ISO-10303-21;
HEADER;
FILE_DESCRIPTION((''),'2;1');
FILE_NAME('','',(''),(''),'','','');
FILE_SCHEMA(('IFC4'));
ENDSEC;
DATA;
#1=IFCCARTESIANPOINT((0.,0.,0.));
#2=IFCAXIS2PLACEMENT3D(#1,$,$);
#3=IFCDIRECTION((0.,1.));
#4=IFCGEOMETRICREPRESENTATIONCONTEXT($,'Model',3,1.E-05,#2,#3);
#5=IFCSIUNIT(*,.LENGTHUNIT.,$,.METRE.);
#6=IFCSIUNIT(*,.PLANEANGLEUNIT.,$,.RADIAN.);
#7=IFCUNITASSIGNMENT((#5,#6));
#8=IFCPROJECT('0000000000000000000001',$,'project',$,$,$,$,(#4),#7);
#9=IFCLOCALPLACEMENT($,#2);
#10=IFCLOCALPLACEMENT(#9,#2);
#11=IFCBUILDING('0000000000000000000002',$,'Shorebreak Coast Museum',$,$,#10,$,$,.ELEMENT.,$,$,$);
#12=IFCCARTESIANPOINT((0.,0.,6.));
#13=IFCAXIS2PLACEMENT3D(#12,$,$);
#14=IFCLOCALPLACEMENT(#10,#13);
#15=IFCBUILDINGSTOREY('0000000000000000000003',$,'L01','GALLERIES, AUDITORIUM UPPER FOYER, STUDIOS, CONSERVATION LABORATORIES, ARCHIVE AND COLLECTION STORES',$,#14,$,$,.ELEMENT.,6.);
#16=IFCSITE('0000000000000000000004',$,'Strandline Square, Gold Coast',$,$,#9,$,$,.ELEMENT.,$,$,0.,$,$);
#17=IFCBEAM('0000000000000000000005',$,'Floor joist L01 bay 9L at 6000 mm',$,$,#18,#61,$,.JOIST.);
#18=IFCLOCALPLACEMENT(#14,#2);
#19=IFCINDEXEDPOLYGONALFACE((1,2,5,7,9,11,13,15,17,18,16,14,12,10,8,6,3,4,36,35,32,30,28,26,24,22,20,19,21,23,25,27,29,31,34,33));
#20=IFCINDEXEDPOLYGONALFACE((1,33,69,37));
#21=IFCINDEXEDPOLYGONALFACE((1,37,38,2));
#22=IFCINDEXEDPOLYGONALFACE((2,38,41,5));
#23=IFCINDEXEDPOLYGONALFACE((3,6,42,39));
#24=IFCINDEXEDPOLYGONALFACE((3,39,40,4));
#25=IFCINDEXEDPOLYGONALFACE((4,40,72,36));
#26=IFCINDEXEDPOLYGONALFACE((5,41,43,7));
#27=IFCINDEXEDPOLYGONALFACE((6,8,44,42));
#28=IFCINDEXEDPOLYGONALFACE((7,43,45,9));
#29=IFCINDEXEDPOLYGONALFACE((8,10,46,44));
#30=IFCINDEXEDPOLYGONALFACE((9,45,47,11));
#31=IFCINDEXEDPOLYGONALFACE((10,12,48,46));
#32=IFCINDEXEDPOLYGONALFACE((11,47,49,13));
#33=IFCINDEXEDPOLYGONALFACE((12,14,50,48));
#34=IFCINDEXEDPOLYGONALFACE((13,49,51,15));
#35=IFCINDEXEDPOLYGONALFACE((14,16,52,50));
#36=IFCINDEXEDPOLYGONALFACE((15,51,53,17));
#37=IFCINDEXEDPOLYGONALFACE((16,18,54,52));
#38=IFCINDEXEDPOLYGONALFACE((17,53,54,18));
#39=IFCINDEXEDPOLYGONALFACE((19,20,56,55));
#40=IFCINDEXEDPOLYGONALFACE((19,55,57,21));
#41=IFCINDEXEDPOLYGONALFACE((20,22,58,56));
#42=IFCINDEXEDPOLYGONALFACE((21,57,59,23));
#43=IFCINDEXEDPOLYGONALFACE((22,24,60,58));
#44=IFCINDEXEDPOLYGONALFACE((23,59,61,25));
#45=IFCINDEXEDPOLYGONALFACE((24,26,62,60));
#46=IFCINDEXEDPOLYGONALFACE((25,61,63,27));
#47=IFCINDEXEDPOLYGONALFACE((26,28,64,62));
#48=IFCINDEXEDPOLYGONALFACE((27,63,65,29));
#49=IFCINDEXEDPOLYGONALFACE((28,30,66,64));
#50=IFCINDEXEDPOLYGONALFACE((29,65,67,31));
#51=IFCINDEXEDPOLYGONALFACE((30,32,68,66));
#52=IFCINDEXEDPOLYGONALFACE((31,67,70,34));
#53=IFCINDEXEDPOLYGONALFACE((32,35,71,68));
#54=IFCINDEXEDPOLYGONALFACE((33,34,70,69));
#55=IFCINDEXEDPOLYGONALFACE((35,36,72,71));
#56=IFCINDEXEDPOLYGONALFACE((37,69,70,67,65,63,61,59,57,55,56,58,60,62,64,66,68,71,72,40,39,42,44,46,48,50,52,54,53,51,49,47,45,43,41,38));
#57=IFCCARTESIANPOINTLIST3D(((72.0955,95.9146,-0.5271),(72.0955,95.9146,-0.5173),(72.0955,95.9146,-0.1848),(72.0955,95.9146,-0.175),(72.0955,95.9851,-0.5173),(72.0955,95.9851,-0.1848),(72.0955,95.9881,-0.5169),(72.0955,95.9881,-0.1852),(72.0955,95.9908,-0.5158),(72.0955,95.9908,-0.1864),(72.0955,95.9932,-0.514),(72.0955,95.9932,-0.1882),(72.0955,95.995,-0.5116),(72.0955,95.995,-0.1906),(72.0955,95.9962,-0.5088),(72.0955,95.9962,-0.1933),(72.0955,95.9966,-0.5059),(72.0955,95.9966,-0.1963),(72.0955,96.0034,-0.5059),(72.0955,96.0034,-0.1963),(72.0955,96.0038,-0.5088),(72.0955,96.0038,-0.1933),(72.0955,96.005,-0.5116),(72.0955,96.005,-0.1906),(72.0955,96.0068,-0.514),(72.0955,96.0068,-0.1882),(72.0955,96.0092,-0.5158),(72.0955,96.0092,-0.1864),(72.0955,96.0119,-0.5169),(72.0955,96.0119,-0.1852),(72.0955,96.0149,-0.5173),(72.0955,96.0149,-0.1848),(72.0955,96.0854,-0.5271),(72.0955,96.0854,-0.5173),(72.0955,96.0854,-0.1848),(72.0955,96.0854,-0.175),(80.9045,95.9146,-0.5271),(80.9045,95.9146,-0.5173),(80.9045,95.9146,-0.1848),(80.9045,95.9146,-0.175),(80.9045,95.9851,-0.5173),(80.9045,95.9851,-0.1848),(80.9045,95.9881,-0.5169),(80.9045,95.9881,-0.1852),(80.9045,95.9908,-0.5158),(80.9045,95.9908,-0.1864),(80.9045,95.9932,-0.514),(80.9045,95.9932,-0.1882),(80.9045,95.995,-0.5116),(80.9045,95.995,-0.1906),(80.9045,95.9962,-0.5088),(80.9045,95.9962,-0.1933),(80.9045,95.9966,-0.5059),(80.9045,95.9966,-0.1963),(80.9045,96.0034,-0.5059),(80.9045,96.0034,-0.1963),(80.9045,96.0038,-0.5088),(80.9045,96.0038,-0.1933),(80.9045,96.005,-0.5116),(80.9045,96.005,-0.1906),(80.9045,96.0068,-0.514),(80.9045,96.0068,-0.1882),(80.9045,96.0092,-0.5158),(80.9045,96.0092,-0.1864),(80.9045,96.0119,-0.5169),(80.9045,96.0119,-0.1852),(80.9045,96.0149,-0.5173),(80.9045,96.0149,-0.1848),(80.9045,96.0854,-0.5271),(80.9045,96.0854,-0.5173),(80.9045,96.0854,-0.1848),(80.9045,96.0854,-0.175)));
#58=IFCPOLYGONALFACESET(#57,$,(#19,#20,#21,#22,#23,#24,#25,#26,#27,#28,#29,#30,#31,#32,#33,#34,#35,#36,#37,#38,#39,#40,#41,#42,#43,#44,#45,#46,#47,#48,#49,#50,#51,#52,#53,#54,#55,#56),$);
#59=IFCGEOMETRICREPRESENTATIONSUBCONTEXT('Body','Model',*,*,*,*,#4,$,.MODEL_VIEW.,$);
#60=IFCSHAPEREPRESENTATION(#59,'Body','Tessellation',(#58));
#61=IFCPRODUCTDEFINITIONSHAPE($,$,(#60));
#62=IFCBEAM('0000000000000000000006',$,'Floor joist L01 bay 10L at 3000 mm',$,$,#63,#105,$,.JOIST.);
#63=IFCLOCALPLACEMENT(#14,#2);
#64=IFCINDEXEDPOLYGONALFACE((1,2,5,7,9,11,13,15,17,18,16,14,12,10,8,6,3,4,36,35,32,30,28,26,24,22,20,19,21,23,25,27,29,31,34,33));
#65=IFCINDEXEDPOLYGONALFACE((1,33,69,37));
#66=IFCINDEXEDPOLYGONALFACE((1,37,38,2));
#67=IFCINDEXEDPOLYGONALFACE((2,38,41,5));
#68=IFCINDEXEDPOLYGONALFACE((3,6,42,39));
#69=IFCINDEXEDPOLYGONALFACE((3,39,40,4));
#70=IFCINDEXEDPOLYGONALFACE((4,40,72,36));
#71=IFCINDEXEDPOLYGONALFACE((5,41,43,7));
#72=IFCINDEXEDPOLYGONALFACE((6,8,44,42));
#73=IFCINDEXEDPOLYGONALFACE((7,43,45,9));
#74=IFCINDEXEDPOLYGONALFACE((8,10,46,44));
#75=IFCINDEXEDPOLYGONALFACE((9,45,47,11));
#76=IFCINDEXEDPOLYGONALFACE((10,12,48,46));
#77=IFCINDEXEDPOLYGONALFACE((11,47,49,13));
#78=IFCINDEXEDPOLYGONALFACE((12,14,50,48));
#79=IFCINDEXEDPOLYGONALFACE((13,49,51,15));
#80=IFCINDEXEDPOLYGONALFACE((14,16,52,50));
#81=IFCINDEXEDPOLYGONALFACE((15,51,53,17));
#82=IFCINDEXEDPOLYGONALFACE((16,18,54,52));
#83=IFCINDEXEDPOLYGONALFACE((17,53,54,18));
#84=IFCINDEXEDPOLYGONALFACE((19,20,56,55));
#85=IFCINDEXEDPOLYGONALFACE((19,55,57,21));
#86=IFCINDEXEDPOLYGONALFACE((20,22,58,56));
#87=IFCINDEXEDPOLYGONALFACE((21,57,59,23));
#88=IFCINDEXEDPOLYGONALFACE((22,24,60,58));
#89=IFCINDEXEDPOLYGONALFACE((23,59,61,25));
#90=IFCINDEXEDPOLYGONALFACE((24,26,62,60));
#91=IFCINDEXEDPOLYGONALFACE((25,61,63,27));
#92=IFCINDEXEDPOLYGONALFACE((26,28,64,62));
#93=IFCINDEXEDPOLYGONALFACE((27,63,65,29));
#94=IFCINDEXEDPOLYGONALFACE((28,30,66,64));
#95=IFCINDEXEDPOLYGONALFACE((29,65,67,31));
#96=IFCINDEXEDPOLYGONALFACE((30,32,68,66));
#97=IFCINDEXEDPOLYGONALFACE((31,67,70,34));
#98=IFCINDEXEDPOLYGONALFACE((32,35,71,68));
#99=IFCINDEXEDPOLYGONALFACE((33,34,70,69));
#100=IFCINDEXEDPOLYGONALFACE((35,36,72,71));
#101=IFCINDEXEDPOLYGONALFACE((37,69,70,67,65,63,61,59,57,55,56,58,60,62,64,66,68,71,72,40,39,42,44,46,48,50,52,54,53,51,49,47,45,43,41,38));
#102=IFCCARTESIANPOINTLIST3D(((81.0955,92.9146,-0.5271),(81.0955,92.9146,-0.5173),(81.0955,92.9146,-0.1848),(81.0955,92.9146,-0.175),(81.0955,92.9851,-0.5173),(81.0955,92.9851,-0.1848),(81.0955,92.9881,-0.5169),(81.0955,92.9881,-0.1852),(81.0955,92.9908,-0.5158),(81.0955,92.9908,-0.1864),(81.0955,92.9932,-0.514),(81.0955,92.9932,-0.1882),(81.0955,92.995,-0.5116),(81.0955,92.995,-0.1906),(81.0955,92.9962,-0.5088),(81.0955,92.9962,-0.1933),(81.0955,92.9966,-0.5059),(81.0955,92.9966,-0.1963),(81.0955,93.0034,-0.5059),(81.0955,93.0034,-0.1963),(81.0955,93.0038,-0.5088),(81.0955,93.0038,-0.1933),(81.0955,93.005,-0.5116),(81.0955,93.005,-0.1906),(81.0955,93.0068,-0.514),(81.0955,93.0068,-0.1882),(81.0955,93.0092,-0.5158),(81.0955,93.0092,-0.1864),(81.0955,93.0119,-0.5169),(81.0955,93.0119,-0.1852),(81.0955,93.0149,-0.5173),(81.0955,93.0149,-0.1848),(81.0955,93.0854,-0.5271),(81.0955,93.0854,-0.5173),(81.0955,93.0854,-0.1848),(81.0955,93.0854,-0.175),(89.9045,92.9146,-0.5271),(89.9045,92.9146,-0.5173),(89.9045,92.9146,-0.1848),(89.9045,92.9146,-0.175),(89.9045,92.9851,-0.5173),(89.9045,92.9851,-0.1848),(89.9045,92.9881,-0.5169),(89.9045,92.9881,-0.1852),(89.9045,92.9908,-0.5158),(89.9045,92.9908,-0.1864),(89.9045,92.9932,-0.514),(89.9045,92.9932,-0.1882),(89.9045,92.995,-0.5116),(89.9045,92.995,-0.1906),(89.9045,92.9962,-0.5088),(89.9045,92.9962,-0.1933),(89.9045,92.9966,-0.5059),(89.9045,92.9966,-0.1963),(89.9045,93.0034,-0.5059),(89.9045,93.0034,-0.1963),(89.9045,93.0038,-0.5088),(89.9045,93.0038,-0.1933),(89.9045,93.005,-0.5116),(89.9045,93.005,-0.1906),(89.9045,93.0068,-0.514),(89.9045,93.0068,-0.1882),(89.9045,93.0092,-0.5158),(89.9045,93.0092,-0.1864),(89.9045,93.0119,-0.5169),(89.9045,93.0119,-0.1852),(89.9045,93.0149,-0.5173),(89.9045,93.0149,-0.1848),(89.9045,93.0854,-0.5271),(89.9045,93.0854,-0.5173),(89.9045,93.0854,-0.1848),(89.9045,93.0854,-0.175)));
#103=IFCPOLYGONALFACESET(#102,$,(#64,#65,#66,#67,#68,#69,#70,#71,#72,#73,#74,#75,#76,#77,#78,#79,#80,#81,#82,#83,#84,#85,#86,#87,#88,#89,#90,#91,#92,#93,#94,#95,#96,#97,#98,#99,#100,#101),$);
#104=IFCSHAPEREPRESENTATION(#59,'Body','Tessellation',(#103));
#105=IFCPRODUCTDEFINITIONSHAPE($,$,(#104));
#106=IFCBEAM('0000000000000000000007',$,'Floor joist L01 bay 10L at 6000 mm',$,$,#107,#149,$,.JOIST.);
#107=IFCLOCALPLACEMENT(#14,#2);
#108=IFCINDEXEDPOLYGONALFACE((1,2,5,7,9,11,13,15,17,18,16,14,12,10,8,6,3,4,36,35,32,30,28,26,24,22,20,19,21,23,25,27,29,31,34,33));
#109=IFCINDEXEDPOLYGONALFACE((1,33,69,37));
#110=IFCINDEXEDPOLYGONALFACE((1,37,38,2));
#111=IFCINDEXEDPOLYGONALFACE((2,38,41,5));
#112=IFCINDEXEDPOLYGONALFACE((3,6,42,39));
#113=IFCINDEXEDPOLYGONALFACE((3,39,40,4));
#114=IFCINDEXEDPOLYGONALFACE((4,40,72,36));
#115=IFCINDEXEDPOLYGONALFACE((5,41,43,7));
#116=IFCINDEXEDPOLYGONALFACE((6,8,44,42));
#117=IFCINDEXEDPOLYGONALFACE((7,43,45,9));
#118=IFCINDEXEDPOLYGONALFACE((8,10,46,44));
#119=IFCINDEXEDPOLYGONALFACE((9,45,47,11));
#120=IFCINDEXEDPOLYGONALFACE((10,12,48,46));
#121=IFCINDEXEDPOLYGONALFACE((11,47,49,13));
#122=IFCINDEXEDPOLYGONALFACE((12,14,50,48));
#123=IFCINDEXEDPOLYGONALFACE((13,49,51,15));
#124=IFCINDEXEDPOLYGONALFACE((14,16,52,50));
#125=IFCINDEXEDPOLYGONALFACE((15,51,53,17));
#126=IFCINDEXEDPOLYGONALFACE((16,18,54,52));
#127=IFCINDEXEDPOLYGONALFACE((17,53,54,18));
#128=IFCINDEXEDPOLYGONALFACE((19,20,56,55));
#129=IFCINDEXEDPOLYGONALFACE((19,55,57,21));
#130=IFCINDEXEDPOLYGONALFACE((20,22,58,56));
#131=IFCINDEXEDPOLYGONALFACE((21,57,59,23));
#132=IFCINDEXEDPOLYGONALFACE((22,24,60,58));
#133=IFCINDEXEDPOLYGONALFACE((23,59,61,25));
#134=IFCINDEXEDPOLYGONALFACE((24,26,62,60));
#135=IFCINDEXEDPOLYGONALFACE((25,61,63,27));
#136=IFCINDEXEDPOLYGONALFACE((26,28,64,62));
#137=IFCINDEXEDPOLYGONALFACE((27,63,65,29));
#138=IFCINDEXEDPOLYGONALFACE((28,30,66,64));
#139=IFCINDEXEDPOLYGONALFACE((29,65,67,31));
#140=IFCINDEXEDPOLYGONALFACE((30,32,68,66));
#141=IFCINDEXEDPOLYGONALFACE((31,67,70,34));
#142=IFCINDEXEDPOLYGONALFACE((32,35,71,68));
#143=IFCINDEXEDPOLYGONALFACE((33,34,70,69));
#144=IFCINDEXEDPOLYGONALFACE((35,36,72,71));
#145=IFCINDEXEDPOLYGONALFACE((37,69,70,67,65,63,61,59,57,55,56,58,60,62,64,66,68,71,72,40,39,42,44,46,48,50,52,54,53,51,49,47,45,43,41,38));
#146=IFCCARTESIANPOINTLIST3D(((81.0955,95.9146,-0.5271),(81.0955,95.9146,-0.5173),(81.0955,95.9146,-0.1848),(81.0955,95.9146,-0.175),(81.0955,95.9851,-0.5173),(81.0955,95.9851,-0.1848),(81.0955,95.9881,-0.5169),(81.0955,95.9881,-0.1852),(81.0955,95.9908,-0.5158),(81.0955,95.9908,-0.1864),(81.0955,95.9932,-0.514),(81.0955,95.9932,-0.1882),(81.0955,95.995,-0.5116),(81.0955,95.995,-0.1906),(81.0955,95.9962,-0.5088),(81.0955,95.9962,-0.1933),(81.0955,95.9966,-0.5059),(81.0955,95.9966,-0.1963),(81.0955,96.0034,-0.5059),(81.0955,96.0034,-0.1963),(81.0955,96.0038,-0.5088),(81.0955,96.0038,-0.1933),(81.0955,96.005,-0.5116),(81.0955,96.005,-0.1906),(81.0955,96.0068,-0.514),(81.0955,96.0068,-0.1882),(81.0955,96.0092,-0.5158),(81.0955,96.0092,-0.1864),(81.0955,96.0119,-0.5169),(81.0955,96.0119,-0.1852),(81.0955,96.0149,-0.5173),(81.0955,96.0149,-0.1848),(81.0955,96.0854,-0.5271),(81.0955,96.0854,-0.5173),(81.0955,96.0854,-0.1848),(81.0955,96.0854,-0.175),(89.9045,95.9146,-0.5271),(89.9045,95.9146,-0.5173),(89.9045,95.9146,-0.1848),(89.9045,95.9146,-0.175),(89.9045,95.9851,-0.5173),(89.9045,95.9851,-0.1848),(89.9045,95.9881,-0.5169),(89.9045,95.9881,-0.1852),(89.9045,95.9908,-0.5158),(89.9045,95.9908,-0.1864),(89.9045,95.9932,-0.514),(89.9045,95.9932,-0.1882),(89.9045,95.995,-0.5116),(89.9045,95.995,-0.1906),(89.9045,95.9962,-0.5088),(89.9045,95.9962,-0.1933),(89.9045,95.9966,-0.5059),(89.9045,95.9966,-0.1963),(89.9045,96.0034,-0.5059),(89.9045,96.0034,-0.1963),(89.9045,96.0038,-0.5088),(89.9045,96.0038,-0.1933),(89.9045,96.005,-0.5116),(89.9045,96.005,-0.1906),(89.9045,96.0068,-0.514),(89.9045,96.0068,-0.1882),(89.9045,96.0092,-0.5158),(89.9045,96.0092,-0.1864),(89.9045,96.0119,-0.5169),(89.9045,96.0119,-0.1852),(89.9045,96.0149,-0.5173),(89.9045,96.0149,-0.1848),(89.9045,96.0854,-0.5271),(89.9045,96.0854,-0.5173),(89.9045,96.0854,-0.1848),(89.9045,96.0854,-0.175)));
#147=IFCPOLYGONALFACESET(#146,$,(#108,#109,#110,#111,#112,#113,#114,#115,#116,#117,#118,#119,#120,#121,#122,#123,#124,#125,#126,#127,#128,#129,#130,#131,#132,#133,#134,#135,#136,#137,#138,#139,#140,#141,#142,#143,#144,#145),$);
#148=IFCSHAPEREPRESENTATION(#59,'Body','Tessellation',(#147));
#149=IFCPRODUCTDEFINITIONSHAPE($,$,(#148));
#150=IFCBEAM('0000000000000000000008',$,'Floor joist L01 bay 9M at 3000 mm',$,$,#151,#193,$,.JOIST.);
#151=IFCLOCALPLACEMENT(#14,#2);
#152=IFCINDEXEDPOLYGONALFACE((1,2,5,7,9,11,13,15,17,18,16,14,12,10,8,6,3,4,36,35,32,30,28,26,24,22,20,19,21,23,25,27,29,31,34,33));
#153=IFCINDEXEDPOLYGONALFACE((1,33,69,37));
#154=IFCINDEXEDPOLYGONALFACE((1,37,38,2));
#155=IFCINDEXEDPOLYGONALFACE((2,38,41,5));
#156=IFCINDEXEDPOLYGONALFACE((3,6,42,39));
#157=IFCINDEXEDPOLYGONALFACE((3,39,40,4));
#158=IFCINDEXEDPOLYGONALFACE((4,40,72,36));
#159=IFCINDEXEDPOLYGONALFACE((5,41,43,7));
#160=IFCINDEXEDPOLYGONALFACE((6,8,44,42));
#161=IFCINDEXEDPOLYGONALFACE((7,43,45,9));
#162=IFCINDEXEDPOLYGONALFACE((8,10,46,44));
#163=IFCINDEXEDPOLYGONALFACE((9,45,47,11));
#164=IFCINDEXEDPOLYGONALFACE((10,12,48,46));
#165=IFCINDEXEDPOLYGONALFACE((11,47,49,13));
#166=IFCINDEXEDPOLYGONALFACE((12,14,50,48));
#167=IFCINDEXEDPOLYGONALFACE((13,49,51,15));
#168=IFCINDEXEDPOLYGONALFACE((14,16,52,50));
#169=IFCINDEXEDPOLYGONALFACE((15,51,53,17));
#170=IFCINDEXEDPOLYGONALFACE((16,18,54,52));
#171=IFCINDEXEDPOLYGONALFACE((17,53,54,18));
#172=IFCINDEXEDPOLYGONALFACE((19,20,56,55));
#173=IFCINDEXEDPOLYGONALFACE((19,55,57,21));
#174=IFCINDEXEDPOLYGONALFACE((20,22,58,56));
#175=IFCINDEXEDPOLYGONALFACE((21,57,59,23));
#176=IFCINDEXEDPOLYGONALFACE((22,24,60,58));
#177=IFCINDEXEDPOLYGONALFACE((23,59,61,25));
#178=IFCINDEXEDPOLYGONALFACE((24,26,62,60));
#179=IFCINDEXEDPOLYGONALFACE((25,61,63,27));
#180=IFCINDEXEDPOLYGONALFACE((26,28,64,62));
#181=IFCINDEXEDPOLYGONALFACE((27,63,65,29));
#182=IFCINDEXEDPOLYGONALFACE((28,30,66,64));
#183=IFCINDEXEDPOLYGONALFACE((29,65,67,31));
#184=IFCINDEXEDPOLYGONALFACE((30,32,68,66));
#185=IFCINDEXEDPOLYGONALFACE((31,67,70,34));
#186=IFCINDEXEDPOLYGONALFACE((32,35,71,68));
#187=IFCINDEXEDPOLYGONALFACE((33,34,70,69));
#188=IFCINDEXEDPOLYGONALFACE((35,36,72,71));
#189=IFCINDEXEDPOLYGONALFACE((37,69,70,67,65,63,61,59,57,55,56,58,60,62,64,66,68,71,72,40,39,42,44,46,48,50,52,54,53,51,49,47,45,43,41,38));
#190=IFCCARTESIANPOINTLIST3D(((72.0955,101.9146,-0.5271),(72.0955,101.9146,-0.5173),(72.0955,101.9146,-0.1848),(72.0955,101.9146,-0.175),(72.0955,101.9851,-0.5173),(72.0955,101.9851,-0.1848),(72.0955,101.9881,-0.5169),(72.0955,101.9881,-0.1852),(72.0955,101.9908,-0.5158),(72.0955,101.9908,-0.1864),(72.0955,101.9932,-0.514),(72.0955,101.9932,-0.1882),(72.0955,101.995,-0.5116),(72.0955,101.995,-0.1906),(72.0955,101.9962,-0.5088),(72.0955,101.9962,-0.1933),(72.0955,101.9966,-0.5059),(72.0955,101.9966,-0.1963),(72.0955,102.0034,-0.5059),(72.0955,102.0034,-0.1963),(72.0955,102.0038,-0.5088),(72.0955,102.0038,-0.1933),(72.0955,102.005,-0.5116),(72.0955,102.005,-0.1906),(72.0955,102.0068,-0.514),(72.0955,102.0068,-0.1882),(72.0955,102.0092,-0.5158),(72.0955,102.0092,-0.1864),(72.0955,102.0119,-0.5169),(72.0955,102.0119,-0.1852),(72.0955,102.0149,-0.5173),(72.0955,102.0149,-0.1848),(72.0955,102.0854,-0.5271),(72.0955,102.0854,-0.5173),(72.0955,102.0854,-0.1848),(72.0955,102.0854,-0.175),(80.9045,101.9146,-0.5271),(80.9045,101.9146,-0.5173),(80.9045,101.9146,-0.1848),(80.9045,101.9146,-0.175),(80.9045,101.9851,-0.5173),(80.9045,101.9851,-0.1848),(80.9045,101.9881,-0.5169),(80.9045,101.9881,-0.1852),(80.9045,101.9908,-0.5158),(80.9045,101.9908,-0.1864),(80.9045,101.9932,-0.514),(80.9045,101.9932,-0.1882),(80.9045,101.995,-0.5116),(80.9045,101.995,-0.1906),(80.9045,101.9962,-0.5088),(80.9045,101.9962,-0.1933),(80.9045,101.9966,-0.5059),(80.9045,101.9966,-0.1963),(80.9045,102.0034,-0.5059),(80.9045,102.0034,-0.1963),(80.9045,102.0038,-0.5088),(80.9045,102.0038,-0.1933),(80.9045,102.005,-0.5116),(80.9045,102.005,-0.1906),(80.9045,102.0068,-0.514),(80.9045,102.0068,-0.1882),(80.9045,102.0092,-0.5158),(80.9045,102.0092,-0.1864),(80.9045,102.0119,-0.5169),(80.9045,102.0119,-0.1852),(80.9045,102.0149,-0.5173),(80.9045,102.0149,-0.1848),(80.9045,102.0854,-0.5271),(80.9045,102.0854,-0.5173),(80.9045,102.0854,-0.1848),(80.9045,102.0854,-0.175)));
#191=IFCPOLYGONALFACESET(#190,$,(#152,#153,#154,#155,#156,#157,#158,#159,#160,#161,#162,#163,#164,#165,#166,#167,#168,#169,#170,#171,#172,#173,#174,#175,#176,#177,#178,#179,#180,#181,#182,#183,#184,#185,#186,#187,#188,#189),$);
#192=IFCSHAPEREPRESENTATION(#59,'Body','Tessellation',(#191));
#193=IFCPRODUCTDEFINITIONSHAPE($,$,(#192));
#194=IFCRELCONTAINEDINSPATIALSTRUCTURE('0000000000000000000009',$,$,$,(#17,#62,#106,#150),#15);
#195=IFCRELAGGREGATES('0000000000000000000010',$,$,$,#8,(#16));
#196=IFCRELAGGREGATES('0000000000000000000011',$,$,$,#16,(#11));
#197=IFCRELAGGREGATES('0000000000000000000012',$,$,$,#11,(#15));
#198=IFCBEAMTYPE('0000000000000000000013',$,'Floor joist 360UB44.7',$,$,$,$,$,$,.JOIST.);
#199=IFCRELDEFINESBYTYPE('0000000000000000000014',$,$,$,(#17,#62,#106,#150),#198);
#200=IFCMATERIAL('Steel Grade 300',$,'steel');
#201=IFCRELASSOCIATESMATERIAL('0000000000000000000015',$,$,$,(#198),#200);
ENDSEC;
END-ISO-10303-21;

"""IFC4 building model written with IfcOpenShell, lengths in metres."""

from ifc_helpers import new_model, si_unit, direction, frame, origin, origin_2d, place, context, subcontext, project, spatial, i_section, extrude, material, material_profile, profile_set, type_object, element, save


model = new_model("IFC4")

# Units and contexts
model_context = context("Model", 3, precision=1e-05, world=origin(), true_north=direction((0.0, 1.0)))
body_context = subcontext(model_context, "Body", "Model", "MODEL_VIEW")
ifc_project = project(units=[si_unit("LENGTHUNIT", "METRE"), si_unit("PLANEANGLEUNIT", "RADIAN")], contexts=[model_context])

# Site, building, storey
site_placement = place(None, origin())
site = spatial("IfcSite", under=ifc_project, at=site_placement, Name="Strandline Square, Gold Coast", CompositionType="ELEMENT", RefElevation=0.0)
building_placement = place(site_placement, origin())
building = spatial("IfcBuilding", under=site, at=building_placement, Name="Shorebreak Coast Museum", CompositionType="ELEMENT")
storey_placement = place(building_placement, frame((0.0, 0.0, 6.0)))
storey = spatial("IfcBuildingStorey", under=building, at=storey_placement, Name="L01", Description="GALLERIES, AUDITORIUM UPPER FOYER, STUDIOS, CONSERVATION LABORATORIES, ARCHIVE AND COLLECTION STORES", CompositionType="ELEMENT", Elevation=6.0)

# Beams
ifc_material_1 = material(Name="Steel Grade 300", Category="steel")
ifc_material_profile_1 = material_profile(ifc_material_1, i_section(OverallWidth=0.1709, OverallDepth=0.3521, WebThickness=0.0068, FlangeThickness=0.0098, FilletRadius=0.0115, at=origin_2d()), Name="360UB44.7")
ifc_profile_set_1 = profile_set([ifc_material_profile_1], Name="Steel Grade 300")
beam_type_1 = type_object("IfcBeamType", Name="Floor joist 360UB44.7", PredefinedType="JOIST", material=ifc_profile_set_1)
for number, where, z_axis, x_axis, name in (
    (1, (72.0955, 96.0, -0.3511), (1.0, 0.0, 0.0), (0.0, 1.0, 0.0), "Floor joist L01 bay 9L at 6000 mm"),
    (2, (81.0955, 93.0, -0.3511), (1.0, 0.0, 0.0), (0.0, 1.0, 0.0), "Floor joist L01 bay 10L at 3000 mm"),
    (3, (81.0955, 96.0, -0.3511), (1.0, 0.0, 0.0), (0.0, 1.0, 0.0), "Floor joist L01 bay 10L at 6000 mm"),
    (4, (72.0955, 102.0, -0.3511), (1.0, 0.0, 0.0), (0.0, 1.0, 0.0), "Floor joist L01 bay 9M at 3000 mm"),
):
    element("IfcBeam", number, at=place(storey_placement, frame(where, z_axis=z_axis, x_axis=x_axis)), inside=storey, type_object=beam_type_1, Name=name, PredefinedType="JOIST", context=body_context, shape_type="SweptSolid", body=[
        extrude(i_section(OverallWidth=0.1709, OverallDepth=0.3521, WebThickness=0.0068, FlangeThickness=0.0098, FilletRadius=0.0115, at=origin_2d()), origin(), (0.0, 0.0, 1.0), 8.8091),
    ])

save(model, "model.ifc")
